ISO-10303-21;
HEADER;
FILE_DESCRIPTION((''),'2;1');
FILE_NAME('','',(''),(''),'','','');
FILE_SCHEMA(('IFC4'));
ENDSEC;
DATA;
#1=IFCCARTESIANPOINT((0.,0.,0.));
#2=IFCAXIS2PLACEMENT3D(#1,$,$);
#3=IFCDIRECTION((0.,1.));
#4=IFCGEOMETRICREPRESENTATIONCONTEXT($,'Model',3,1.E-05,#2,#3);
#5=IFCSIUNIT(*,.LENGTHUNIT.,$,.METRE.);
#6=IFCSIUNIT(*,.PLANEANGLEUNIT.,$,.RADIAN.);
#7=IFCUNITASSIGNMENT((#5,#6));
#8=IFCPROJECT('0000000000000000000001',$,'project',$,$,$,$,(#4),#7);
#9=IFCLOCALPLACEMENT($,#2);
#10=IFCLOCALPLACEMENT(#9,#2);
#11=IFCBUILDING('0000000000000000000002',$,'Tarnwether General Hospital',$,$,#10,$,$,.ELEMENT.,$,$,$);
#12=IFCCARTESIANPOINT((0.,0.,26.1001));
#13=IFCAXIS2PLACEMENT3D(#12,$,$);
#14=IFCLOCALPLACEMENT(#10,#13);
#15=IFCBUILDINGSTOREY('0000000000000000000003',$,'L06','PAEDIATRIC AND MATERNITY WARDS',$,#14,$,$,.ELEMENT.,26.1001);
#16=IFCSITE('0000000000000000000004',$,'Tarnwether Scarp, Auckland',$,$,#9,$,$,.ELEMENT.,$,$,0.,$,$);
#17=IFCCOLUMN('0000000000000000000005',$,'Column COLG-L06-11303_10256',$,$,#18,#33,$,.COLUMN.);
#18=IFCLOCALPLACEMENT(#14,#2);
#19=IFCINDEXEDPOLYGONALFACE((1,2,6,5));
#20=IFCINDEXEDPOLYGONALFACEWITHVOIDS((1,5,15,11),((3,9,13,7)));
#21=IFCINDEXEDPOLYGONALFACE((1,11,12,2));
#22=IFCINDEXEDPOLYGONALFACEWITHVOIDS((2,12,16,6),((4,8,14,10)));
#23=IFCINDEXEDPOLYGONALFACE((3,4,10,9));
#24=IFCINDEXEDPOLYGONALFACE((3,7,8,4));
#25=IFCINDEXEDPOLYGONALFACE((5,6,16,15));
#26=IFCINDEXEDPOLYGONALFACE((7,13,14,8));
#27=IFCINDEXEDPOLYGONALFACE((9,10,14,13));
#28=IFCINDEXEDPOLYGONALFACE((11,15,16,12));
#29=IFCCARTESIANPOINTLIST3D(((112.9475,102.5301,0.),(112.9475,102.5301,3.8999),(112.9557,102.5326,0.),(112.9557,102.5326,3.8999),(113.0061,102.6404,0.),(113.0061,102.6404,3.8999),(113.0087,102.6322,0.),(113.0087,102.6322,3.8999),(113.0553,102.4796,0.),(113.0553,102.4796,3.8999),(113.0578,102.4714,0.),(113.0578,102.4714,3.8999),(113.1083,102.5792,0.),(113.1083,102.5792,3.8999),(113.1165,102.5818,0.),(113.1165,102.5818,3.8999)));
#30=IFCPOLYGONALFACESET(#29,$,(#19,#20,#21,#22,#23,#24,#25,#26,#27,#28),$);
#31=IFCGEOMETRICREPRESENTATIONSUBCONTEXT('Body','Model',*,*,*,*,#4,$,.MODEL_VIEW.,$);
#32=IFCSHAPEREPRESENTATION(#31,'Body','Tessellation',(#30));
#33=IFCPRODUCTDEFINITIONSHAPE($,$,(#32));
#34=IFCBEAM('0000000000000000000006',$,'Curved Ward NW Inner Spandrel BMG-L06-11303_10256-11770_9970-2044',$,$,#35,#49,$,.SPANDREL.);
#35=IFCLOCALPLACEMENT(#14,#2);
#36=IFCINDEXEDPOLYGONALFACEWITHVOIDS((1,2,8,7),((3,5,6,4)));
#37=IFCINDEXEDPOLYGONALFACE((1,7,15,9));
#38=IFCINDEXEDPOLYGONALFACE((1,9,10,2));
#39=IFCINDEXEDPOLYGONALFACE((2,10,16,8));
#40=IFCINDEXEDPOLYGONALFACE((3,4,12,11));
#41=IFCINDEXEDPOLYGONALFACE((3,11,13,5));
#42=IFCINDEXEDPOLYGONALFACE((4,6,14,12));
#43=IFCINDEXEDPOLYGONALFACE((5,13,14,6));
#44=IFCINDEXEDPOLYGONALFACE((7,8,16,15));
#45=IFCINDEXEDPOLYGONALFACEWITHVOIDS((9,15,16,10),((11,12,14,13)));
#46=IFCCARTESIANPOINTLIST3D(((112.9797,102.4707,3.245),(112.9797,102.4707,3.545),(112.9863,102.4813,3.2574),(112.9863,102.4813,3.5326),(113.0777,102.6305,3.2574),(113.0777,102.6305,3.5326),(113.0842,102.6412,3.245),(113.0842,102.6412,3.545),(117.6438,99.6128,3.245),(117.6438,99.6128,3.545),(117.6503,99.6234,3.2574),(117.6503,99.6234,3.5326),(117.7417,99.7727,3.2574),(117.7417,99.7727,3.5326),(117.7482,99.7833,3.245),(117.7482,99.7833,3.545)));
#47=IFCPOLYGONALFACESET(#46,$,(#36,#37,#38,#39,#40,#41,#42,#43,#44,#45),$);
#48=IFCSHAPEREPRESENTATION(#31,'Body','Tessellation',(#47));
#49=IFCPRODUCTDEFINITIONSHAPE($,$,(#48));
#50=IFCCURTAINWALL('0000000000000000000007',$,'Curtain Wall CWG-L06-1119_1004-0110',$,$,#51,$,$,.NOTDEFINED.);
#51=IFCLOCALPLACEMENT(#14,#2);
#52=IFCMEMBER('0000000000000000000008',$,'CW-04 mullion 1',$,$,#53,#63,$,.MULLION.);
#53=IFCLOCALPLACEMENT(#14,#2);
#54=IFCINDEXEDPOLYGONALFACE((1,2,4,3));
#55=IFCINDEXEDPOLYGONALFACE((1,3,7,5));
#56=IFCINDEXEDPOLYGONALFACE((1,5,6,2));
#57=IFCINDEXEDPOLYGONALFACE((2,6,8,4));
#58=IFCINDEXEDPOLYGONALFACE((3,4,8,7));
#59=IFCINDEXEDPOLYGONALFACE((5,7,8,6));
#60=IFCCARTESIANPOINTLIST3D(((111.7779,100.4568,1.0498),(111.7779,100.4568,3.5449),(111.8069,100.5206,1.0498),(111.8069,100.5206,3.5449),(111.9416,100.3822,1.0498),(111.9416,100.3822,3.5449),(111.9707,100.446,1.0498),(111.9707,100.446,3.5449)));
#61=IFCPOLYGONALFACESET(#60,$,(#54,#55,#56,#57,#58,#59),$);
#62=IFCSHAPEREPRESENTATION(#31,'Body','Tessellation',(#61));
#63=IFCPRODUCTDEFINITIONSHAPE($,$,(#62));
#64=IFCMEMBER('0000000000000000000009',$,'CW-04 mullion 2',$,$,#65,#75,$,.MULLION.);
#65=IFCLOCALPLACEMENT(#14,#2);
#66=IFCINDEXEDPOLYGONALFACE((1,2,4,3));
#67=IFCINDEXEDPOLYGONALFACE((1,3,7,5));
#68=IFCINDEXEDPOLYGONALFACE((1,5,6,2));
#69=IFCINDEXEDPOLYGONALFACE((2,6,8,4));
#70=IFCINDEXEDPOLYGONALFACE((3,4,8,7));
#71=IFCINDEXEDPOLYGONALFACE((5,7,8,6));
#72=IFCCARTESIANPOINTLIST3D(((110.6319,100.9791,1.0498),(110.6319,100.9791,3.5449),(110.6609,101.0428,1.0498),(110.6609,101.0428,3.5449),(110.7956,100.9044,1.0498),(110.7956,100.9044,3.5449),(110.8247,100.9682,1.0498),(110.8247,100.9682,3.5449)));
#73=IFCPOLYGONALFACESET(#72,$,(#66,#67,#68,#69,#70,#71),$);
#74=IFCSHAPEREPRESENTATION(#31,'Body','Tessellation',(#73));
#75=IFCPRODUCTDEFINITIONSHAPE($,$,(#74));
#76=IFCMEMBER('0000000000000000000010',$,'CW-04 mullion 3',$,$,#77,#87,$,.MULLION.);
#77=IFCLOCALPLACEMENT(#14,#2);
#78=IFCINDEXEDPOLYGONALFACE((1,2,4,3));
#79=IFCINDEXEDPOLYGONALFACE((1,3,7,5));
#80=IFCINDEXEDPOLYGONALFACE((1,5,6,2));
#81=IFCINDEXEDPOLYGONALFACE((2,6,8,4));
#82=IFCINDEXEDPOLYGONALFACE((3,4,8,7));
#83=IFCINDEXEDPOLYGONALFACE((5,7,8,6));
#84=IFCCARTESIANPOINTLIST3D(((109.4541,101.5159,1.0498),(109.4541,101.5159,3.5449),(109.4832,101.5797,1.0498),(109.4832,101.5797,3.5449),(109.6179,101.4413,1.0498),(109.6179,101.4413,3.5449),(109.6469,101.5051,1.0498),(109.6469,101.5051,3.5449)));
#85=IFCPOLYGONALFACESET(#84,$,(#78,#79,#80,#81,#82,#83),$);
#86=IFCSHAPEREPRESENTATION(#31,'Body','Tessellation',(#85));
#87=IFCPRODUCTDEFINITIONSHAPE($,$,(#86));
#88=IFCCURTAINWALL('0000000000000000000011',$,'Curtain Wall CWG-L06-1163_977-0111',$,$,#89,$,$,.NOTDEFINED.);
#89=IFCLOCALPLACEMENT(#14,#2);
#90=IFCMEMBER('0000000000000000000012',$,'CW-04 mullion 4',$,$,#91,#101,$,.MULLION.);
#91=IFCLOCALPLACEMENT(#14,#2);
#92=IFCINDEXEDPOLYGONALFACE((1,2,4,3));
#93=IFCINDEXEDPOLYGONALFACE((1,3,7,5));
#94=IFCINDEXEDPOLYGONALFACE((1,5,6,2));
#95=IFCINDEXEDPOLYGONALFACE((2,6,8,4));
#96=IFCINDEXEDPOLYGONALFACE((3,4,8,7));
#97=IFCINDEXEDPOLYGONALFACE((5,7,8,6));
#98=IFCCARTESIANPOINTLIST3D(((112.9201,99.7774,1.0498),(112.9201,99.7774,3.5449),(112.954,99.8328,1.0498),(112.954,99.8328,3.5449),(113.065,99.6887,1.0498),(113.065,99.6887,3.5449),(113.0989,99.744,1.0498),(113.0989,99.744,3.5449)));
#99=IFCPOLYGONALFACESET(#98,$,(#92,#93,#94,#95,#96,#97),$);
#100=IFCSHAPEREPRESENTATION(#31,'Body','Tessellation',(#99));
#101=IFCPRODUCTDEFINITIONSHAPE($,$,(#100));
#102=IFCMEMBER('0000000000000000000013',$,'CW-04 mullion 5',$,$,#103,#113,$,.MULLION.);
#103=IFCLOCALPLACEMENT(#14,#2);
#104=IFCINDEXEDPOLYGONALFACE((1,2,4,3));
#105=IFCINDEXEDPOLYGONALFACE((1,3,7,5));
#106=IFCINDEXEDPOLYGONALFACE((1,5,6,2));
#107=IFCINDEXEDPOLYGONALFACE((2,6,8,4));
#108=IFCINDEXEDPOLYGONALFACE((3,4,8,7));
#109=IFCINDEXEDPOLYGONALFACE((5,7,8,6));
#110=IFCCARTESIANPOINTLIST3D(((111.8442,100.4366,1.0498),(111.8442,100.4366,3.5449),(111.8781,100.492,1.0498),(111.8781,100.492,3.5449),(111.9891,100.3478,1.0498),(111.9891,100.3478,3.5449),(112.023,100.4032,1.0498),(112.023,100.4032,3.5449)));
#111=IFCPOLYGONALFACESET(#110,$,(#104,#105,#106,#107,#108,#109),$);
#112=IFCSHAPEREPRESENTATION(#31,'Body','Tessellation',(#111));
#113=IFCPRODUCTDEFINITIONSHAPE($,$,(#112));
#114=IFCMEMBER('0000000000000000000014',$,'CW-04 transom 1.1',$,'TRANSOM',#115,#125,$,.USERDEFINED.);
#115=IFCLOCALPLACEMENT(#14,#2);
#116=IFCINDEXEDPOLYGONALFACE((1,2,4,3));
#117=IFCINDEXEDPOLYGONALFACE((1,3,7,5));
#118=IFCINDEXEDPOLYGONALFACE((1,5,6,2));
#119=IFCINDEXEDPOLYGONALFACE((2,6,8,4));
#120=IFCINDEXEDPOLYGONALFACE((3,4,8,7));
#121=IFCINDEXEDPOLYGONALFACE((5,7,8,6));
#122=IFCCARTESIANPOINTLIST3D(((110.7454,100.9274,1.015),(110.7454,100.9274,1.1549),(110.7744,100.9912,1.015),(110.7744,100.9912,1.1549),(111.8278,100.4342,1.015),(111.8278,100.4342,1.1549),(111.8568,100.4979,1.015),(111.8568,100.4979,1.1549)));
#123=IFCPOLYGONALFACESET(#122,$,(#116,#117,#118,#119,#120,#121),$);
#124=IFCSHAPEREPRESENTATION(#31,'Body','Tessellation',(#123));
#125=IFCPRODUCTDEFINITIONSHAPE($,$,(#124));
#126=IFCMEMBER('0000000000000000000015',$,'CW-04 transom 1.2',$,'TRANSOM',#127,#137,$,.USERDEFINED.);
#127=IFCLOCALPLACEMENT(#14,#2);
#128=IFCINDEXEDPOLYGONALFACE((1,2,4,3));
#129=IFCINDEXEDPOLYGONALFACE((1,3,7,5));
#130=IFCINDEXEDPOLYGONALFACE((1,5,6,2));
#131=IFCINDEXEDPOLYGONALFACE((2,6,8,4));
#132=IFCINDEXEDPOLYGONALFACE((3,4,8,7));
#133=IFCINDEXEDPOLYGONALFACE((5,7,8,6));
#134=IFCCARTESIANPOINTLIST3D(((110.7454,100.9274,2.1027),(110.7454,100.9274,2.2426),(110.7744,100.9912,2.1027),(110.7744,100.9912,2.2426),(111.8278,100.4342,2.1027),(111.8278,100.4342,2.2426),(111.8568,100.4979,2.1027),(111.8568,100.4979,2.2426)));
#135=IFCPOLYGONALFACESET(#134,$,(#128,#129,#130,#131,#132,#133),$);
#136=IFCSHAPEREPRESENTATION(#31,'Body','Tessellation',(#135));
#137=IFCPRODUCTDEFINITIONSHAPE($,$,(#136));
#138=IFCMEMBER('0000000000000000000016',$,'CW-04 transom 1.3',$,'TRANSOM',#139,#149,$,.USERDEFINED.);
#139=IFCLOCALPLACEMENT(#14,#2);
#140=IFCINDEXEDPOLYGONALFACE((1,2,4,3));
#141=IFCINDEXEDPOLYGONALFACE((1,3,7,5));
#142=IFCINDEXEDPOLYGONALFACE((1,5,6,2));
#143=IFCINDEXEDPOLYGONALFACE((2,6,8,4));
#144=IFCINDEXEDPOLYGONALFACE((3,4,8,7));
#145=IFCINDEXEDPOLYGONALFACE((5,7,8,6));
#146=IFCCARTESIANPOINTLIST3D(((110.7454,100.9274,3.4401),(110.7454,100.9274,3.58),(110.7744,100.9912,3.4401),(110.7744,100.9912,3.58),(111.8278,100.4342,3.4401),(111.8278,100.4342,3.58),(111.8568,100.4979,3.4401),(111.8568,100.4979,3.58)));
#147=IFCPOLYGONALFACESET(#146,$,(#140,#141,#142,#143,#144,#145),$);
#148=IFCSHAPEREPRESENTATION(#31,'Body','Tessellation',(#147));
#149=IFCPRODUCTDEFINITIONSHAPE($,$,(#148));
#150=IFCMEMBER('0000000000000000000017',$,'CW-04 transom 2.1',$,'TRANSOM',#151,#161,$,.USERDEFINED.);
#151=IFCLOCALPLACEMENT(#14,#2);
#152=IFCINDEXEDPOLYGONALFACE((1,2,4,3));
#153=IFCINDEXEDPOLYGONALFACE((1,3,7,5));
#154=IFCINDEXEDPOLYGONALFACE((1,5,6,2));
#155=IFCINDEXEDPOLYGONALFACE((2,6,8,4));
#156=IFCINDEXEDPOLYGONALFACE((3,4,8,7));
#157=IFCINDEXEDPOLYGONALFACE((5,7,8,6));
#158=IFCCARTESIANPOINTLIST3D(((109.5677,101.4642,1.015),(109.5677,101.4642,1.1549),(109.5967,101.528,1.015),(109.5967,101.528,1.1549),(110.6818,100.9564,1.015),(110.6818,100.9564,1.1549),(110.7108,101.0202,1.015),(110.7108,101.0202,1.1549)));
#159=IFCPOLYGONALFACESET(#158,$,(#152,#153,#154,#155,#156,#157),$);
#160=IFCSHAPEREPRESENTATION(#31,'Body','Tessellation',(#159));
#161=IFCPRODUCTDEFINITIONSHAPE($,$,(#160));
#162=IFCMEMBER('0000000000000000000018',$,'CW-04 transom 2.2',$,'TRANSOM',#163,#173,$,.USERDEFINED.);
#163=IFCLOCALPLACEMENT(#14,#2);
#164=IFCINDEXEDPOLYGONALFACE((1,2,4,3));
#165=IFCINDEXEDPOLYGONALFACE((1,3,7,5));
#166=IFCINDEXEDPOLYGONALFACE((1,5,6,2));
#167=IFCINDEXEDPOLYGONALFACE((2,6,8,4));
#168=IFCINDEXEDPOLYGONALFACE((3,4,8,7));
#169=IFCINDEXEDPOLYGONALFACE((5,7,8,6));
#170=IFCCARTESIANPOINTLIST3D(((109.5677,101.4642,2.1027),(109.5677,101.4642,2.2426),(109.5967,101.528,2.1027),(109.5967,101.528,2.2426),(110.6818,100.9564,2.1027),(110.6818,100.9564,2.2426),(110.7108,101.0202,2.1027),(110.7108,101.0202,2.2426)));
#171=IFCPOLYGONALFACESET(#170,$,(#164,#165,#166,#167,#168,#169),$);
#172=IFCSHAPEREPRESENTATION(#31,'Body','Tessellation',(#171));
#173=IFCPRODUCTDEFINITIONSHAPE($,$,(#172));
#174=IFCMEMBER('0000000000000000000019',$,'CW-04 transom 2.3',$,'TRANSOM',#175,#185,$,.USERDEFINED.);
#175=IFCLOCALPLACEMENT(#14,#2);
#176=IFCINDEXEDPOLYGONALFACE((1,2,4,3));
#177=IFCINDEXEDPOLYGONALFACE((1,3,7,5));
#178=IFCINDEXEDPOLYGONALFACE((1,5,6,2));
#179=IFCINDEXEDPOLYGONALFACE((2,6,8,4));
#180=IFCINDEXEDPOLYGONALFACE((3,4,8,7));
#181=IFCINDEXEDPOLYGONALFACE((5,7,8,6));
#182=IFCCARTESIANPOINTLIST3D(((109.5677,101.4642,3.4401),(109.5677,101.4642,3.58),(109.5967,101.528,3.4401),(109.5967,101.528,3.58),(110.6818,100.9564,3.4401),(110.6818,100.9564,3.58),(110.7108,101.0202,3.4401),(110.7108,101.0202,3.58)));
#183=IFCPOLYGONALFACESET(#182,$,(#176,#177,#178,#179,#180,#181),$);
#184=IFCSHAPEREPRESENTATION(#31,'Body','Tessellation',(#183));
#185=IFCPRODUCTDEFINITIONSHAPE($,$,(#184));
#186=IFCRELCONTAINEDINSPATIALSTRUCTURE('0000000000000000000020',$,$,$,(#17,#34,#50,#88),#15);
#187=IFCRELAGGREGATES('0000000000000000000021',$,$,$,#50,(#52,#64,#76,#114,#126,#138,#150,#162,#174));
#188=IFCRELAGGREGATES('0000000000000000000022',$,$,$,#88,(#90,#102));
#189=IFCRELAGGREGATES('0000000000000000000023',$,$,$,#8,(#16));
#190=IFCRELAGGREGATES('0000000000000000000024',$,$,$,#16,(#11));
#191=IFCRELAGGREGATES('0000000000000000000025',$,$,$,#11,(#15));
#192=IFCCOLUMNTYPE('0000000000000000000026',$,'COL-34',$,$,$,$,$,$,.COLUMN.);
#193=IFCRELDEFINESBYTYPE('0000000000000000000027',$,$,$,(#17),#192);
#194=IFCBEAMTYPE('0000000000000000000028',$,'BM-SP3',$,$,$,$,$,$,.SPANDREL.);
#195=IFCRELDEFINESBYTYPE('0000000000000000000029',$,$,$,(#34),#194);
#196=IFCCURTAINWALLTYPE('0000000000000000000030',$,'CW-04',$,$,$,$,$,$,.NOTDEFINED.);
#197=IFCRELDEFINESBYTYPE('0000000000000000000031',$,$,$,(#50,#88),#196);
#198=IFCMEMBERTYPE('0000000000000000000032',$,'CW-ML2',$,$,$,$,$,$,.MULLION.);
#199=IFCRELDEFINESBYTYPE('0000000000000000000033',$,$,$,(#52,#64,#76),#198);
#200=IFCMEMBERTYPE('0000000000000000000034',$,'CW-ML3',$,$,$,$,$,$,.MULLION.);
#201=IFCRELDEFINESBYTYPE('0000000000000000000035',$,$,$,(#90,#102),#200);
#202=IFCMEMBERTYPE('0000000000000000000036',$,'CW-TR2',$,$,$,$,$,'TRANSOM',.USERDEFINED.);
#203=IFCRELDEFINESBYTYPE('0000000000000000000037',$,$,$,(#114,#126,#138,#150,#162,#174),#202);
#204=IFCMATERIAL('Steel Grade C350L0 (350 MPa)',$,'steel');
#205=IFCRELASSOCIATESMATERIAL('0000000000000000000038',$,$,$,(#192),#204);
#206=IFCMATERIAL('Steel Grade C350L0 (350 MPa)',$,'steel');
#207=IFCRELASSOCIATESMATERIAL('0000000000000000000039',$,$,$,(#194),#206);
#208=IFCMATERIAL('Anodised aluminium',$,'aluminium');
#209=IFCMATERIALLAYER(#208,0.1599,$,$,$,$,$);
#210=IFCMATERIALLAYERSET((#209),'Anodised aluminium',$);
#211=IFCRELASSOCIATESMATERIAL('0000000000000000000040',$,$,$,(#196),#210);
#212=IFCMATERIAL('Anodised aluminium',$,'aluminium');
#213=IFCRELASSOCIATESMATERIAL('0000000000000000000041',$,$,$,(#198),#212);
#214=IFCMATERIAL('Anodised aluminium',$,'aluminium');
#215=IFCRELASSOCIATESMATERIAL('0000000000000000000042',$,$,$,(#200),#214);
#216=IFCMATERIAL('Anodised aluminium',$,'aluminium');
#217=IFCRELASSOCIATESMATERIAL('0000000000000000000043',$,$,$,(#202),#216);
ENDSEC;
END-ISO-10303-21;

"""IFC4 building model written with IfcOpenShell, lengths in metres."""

from ifc_helpers import new_model, si_unit, direction, frame, origin, origin_2d, place, context, subcontext, project, spatial, rectangle, hollow_rectangle, extrude, material, layer, layer_set, material_profile, profile_set, type_object, element, aggregate, save


model = new_model("IFC4")

# Units and contexts
model_context = context("Model", 3, precision=1e-05, world=origin(), true_north=direction((0.0, 1.0)))
body_context = subcontext(model_context, "Body", "Model", "MODEL_VIEW")
ifc_project = project(units=[si_unit("LENGTHUNIT", "METRE"), si_unit("PLANEANGLEUNIT", "RADIAN")], contexts=[model_context])

# Site, building, storey
site_placement = place(None, origin())
site = spatial("IfcSite", under=ifc_project, at=site_placement, Name="Tarnwether Scarp, Auckland", CompositionType="ELEMENT", RefElevation=0.0)
building_placement = place(site_placement, origin())
building = spatial("IfcBuilding", under=site, at=building_placement, Name="Tarnwether General Hospital", CompositionType="ELEMENT")
storey_placement = place(building_placement, frame((0.0, 0.0, 26.1001)))
storey = spatial("IfcBuildingStorey", under=building, at=storey_placement, Name="L06", Description="PAEDIATRIC AND MATERNITY WARDS", CompositionType="ELEMENT", Elevation=26.1001)

# Column
ifc_material_1 = material(Name="Steel Grade C350L0 (350 MPa)", Category="steel")
ifc_material_profile_1 = material_profile(ifc_material_1, hollow_rectangle(XDim=0.125, YDim=0.125, WallThickness=0.0061, at=origin_2d()), Name="SHS125x125x6")
ifc_profile_set_1 = profile_set([ifc_material_profile_1], Name="Steel Grade C350L0 (350 MPa)")
column_type = type_object("IfcColumnType", Name="COL-34", PredefinedType="COLUMN", material=ifc_profile_set_1)
column_placement = place(storey_placement, frame((113.032, 102.5559, 0.0), z_axis=(0.0, 0.0, 1.0), x_axis=(0.469472, 0.882948, 0.0)))
element("IfcColumn", 1, at=column_placement, inside=storey, type_object=column_type, Name="Column COLG-L06-11303_10256", PredefinedType="COLUMN", context=body_context, shape_type="SweptSolid", body=[
    extrude(hollow_rectangle(XDim=0.125, YDim=0.125, WallThickness=0.0061, at=origin_2d()), origin(), (0.0, 0.0, 1.0), 3.8999),
])

# Beam
ifc_material_2 = material(Name="Steel Grade C350L0 (350 MPa)", Category="steel")
ifc_material_profile_2 = material_profile(ifc_material_2, hollow_rectangle(XDim=0.2, YDim=0.3, WallThickness=0.0125, at=origin_2d()), Name="RHS300x200x12.5")
ifc_profile_set_2 = profile_set([ifc_material_profile_2], Name="Steel Grade C350L0 (350 MPa)")
beam_type = type_object("IfcBeamType", Name="BM-SP3", PredefinedType="SPANDREL", material=ifc_profile_set_2)
beam_placement = place(storey_placement, frame((113.032, 102.5559, 3.395), z_axis=(0.852659, -0.522468, 0.0), x_axis=(0.522468, 0.852659, 0.0)))
element("IfcBeam", 2, at=beam_placement, inside=storey, type_object=beam_type, Name="Curved Ward NW Inner Spandrel BMG-L06-11303_10256-11770_9970-2044", PredefinedType="SPANDREL", context=body_context, shape_type="SweptSolid", body=[
    extrude(hollow_rectangle(XDim=0.2, YDim=0.3, WallThickness=0.0125, at=origin_2d()), origin(), (0.0, 0.0, 1.0), 5.47),
])

# Curtain walls, members
ifc_material_3 = material(Name="Anodised aluminium", Category="aluminium")
ifc_layer_1 = layer(ifc_material_3, 0.1599)
ifc_layer_set_1 = layer_set([ifc_layer_1], Name="Anodised aluminium")
curtain_wall_type = type_object("IfcCurtainWallType", Name="CW-04", PredefinedType="NOTDEFINED", material=ifc_layer_set_1)
curtain_wall_1_placement = place(storey_placement, origin())
curtain_wall_1 = element("IfcCurtainWall", 3, at=curtain_wall_1_placement, inside=storey, type_object=curtain_wall_type, Name="Curtain Wall CWG-L06-1119_1004-0110", PredefinedType="NOTDEFINED")
ifc_material_4 = material(Name="Anodised aluminium", Category="aluminium")
ifc_material_profile_3 = material_profile(ifc_material_4, rectangle(XDim=0.0701, YDim=0.1799, at=origin_2d()), Name="ALU-MUL-70x180")
ifc_profile_set_3 = profile_set([ifc_material_profile_3], Name="Anodised aluminium")
member_type_1 = type_object("IfcMemberType", Name="CW-ML2", PredefinedType="MULLION", material=ifc_profile_set_3)
member_1_placement = place(storey_placement, frame((111.8743, 100.4514, 1.0498), z_axis=(0.0, 0.0, 1.0), x_axis=(-0.414705, -0.909956, 0.0)))
member_1 = element("IfcMember", 4, at=member_1_placement, type_object=member_type_1, Name="CW-04 mullion 1", PredefinedType="MULLION", context=body_context, shape_type="SweptSolid", body=[
    extrude(rectangle(XDim=0.0701, YDim=0.1799, at=origin_2d()), origin(), (0.0, 0.0, 1.0), 2.4951),
])
member_2_placement = place(storey_placement, frame((110.7283, 100.9736, 1.0498), z_axis=(0.0, 0.0, 1.0), x_axis=(-0.414705, -0.909956, 0.0)))
member_2 = element("IfcMember", 5, at=member_2_placement, type_object=member_type_1, Name="CW-04 mullion 2", PredefinedType="MULLION", context=body_context, shape_type="SweptSolid", body=[
    extrude(rectangle(XDim=0.0701, YDim=0.1799, at=origin_2d()), origin(), (0.0, 0.0, 1.0), 2.4951),
])
member_3_placement = place(storey_placement, frame((109.5505, 101.5105, 1.0498), z_axis=(0.0, 0.0, 1.0), x_axis=(-0.414705, -0.909956, 0.0)))
member_3 = element("IfcMember", 6, at=member_3_placement, type_object=member_type_1, Name="CW-04 mullion 3", PredefinedType="MULLION", context=body_context, shape_type="SweptSolid", body=[
    extrude(rectangle(XDim=0.0701, YDim=0.1799, at=origin_2d()), origin(), (0.0, 0.0, 1.0), 2.4951),
])
curtain_wall_2_placement = place(storey_placement, origin())
curtain_wall_2 = element("IfcCurtainWall", 7, at=curtain_wall_2_placement, inside=storey, type_object=curtain_wall_type, Name="Curtain Wall CWG-L06-1163_977-0111", PredefinedType="NOTDEFINED")
ifc_material_5 = material(Name="Anodised aluminium", Category="aluminium")
ifc_material_profile_4 = material_profile(ifc_material_5, rectangle(XDim=0.0649, YDim=0.1699, at=origin_2d()), Name="ALU-MUL-65x170")
ifc_profile_set_4 = profile_set([ifc_material_profile_4], Name="Anodised aluminium")
member_type_2 = type_object("IfcMemberType", Name="CW-ML3", PredefinedType="MULLION", material=ifc_profile_set_4)
member_4_placement = place(storey_placement, frame((113.0095, 99.7607, 1.0498), z_axis=(0.0, 0.0, 1.0), x_axis=(-0.522512, -0.852632, 0.0)))
member_4 = element("IfcMember", 8, at=member_4_placement, type_object=member_type_2, Name="CW-04 mullion 4", PredefinedType="MULLION", context=body_context, shape_type="SweptSolid", body=[
    extrude(rectangle(XDim=0.0649, YDim=0.1699, at=origin_2d()), origin(), (0.0, 0.0, 1.0), 2.4951),
])
member_5_placement = place(storey_placement, frame((111.9336, 100.4199, 1.0498), z_axis=(0.0, 0.0, 1.0), x_axis=(-0.522512, -0.852632, 0.0)))
member_5 = element("IfcMember", 9, at=member_5_placement, type_object=member_type_2, Name="CW-04 mullion 5", PredefinedType="MULLION", context=body_context, shape_type="SweptSolid", body=[
    extrude(rectangle(XDim=0.0649, YDim=0.1699, at=origin_2d()), origin(), (0.0, 0.0, 1.0), 2.4951),
])

# Members
ifc_material_6 = material(Name="Anodised aluminium", Category="aluminium")
ifc_material_profile_5 = material_profile(ifc_material_6, rectangle(XDim=0.0701, YDim=0.1399, at=origin_2d()), Name="ALU-TRN-70x140")
ifc_profile_set_5 = profile_set([ifc_material_profile_5], Name="Anodised aluminium")
member_type_3 = type_object("IfcMemberType", Name="CW-TR2", ElementType="TRANSOM", PredefinedType="USERDEFINED", material=ifc_profile_set_5)
member_6_placement = place(storey_placement, frame((111.8423, 100.4661, 1.085), z_axis=(-0.909979, 0.414653, 0.0), x_axis=(-0.414653, -0.909979, 0.0)))
member_6 = element("IfcMember", 10, at=member_6_placement, type_object=member_type_3, Name="CW-04 transom 1.1", ObjectType="TRANSOM", PredefinedType="USERDEFINED", context=body_context, shape_type="SweptSolid", body=[
    extrude(rectangle(XDim=0.0701, YDim=0.1399, at=origin_2d()), origin(), (0.0, 0.0, 1.0), 1.1895),
])
member_7_placement = place(storey_placement, frame((111.8423, 100.4661, 2.1726), z_axis=(-0.909979, 0.414653, 0.0), x_axis=(-0.414653, -0.909979, 0.0)))
member_7 = element("IfcMember", 11, at=member_7_placement, type_object=member_type_3, Name="CW-04 transom 1.2", ObjectType="TRANSOM", PredefinedType="USERDEFINED", context=body_context, shape_type="SweptSolid", body=[
    extrude(rectangle(XDim=0.0701, YDim=0.1399, at=origin_2d()), origin(), (0.0, 0.0, 1.0), 1.1895),
])
member_8_placement = place(storey_placement, frame((111.8423, 100.4661, 3.51), z_axis=(-0.909979, 0.414653, 0.0), x_axis=(-0.414653, -0.909979, 0.0)))
member_8 = element("IfcMember", 12, at=member_8_placement, type_object=member_type_3, Name="CW-04 transom 1.3", ObjectType="TRANSOM", PredefinedType="USERDEFINED", context=body_context, shape_type="SweptSolid", body=[
    extrude(rectangle(XDim=0.0701, YDim=0.1399, at=origin_2d()), origin(), (0.0, 0.0, 1.0), 1.1895),
])
member_9_placement = place(storey_placement, frame((110.6963, 100.9883, 1.085), z_axis=(-0.909922, 0.414779, 0.0), x_axis=(-0.414779, -0.909922, 0.0)))
member_9 = element("IfcMember", 13, at=member_9_placement, type_object=member_type_3, Name="CW-04 transom 2.1", ObjectType="TRANSOM", PredefinedType="USERDEFINED", context=body_context, shape_type="SweptSolid", body=[
    extrude(rectangle(XDim=0.0701, YDim=0.1399, at=origin_2d()), origin(), (0.0, 0.0, 1.0), 1.2244),
])
member_10_placement = place(storey_placement, frame((110.6963, 100.9883, 2.1726), z_axis=(-0.909922, 0.414779, 0.0), x_axis=(-0.414779, -0.909922, 0.0)))
member_10 = element("IfcMember", 14, at=member_10_placement, type_object=member_type_3, Name="CW-04 transom 2.2", ObjectType="TRANSOM", PredefinedType="USERDEFINED", context=body_context, shape_type="SweptSolid", body=[
    extrude(rectangle(XDim=0.0701, YDim=0.1399, at=origin_2d()), origin(), (0.0, 0.0, 1.0), 1.2244),
])
member_11_placement = place(storey_placement, frame((110.6963, 100.9883, 3.51), z_axis=(-0.909922, 0.414779, 0.0), x_axis=(-0.414779, -0.909922, 0.0)))
member_11 = element("IfcMember", 15, at=member_11_placement, type_object=member_type_3, Name="CW-04 transom 2.3", ObjectType="TRANSOM", PredefinedType="USERDEFINED", context=body_context, shape_type="SweptSolid", body=[
    extrude(rectangle(XDim=0.0701, YDim=0.1399, at=origin_2d()), origin(), (0.0, 0.0, 1.0), 1.2244),
])

aggregate(curtain_wall_1, [member_1, member_2, member_3, member_6, member_7, member_8, member_9, member_10, member_11])
aggregate(curtain_wall_2, [member_4, member_5])

save(model, "model.ifc")
